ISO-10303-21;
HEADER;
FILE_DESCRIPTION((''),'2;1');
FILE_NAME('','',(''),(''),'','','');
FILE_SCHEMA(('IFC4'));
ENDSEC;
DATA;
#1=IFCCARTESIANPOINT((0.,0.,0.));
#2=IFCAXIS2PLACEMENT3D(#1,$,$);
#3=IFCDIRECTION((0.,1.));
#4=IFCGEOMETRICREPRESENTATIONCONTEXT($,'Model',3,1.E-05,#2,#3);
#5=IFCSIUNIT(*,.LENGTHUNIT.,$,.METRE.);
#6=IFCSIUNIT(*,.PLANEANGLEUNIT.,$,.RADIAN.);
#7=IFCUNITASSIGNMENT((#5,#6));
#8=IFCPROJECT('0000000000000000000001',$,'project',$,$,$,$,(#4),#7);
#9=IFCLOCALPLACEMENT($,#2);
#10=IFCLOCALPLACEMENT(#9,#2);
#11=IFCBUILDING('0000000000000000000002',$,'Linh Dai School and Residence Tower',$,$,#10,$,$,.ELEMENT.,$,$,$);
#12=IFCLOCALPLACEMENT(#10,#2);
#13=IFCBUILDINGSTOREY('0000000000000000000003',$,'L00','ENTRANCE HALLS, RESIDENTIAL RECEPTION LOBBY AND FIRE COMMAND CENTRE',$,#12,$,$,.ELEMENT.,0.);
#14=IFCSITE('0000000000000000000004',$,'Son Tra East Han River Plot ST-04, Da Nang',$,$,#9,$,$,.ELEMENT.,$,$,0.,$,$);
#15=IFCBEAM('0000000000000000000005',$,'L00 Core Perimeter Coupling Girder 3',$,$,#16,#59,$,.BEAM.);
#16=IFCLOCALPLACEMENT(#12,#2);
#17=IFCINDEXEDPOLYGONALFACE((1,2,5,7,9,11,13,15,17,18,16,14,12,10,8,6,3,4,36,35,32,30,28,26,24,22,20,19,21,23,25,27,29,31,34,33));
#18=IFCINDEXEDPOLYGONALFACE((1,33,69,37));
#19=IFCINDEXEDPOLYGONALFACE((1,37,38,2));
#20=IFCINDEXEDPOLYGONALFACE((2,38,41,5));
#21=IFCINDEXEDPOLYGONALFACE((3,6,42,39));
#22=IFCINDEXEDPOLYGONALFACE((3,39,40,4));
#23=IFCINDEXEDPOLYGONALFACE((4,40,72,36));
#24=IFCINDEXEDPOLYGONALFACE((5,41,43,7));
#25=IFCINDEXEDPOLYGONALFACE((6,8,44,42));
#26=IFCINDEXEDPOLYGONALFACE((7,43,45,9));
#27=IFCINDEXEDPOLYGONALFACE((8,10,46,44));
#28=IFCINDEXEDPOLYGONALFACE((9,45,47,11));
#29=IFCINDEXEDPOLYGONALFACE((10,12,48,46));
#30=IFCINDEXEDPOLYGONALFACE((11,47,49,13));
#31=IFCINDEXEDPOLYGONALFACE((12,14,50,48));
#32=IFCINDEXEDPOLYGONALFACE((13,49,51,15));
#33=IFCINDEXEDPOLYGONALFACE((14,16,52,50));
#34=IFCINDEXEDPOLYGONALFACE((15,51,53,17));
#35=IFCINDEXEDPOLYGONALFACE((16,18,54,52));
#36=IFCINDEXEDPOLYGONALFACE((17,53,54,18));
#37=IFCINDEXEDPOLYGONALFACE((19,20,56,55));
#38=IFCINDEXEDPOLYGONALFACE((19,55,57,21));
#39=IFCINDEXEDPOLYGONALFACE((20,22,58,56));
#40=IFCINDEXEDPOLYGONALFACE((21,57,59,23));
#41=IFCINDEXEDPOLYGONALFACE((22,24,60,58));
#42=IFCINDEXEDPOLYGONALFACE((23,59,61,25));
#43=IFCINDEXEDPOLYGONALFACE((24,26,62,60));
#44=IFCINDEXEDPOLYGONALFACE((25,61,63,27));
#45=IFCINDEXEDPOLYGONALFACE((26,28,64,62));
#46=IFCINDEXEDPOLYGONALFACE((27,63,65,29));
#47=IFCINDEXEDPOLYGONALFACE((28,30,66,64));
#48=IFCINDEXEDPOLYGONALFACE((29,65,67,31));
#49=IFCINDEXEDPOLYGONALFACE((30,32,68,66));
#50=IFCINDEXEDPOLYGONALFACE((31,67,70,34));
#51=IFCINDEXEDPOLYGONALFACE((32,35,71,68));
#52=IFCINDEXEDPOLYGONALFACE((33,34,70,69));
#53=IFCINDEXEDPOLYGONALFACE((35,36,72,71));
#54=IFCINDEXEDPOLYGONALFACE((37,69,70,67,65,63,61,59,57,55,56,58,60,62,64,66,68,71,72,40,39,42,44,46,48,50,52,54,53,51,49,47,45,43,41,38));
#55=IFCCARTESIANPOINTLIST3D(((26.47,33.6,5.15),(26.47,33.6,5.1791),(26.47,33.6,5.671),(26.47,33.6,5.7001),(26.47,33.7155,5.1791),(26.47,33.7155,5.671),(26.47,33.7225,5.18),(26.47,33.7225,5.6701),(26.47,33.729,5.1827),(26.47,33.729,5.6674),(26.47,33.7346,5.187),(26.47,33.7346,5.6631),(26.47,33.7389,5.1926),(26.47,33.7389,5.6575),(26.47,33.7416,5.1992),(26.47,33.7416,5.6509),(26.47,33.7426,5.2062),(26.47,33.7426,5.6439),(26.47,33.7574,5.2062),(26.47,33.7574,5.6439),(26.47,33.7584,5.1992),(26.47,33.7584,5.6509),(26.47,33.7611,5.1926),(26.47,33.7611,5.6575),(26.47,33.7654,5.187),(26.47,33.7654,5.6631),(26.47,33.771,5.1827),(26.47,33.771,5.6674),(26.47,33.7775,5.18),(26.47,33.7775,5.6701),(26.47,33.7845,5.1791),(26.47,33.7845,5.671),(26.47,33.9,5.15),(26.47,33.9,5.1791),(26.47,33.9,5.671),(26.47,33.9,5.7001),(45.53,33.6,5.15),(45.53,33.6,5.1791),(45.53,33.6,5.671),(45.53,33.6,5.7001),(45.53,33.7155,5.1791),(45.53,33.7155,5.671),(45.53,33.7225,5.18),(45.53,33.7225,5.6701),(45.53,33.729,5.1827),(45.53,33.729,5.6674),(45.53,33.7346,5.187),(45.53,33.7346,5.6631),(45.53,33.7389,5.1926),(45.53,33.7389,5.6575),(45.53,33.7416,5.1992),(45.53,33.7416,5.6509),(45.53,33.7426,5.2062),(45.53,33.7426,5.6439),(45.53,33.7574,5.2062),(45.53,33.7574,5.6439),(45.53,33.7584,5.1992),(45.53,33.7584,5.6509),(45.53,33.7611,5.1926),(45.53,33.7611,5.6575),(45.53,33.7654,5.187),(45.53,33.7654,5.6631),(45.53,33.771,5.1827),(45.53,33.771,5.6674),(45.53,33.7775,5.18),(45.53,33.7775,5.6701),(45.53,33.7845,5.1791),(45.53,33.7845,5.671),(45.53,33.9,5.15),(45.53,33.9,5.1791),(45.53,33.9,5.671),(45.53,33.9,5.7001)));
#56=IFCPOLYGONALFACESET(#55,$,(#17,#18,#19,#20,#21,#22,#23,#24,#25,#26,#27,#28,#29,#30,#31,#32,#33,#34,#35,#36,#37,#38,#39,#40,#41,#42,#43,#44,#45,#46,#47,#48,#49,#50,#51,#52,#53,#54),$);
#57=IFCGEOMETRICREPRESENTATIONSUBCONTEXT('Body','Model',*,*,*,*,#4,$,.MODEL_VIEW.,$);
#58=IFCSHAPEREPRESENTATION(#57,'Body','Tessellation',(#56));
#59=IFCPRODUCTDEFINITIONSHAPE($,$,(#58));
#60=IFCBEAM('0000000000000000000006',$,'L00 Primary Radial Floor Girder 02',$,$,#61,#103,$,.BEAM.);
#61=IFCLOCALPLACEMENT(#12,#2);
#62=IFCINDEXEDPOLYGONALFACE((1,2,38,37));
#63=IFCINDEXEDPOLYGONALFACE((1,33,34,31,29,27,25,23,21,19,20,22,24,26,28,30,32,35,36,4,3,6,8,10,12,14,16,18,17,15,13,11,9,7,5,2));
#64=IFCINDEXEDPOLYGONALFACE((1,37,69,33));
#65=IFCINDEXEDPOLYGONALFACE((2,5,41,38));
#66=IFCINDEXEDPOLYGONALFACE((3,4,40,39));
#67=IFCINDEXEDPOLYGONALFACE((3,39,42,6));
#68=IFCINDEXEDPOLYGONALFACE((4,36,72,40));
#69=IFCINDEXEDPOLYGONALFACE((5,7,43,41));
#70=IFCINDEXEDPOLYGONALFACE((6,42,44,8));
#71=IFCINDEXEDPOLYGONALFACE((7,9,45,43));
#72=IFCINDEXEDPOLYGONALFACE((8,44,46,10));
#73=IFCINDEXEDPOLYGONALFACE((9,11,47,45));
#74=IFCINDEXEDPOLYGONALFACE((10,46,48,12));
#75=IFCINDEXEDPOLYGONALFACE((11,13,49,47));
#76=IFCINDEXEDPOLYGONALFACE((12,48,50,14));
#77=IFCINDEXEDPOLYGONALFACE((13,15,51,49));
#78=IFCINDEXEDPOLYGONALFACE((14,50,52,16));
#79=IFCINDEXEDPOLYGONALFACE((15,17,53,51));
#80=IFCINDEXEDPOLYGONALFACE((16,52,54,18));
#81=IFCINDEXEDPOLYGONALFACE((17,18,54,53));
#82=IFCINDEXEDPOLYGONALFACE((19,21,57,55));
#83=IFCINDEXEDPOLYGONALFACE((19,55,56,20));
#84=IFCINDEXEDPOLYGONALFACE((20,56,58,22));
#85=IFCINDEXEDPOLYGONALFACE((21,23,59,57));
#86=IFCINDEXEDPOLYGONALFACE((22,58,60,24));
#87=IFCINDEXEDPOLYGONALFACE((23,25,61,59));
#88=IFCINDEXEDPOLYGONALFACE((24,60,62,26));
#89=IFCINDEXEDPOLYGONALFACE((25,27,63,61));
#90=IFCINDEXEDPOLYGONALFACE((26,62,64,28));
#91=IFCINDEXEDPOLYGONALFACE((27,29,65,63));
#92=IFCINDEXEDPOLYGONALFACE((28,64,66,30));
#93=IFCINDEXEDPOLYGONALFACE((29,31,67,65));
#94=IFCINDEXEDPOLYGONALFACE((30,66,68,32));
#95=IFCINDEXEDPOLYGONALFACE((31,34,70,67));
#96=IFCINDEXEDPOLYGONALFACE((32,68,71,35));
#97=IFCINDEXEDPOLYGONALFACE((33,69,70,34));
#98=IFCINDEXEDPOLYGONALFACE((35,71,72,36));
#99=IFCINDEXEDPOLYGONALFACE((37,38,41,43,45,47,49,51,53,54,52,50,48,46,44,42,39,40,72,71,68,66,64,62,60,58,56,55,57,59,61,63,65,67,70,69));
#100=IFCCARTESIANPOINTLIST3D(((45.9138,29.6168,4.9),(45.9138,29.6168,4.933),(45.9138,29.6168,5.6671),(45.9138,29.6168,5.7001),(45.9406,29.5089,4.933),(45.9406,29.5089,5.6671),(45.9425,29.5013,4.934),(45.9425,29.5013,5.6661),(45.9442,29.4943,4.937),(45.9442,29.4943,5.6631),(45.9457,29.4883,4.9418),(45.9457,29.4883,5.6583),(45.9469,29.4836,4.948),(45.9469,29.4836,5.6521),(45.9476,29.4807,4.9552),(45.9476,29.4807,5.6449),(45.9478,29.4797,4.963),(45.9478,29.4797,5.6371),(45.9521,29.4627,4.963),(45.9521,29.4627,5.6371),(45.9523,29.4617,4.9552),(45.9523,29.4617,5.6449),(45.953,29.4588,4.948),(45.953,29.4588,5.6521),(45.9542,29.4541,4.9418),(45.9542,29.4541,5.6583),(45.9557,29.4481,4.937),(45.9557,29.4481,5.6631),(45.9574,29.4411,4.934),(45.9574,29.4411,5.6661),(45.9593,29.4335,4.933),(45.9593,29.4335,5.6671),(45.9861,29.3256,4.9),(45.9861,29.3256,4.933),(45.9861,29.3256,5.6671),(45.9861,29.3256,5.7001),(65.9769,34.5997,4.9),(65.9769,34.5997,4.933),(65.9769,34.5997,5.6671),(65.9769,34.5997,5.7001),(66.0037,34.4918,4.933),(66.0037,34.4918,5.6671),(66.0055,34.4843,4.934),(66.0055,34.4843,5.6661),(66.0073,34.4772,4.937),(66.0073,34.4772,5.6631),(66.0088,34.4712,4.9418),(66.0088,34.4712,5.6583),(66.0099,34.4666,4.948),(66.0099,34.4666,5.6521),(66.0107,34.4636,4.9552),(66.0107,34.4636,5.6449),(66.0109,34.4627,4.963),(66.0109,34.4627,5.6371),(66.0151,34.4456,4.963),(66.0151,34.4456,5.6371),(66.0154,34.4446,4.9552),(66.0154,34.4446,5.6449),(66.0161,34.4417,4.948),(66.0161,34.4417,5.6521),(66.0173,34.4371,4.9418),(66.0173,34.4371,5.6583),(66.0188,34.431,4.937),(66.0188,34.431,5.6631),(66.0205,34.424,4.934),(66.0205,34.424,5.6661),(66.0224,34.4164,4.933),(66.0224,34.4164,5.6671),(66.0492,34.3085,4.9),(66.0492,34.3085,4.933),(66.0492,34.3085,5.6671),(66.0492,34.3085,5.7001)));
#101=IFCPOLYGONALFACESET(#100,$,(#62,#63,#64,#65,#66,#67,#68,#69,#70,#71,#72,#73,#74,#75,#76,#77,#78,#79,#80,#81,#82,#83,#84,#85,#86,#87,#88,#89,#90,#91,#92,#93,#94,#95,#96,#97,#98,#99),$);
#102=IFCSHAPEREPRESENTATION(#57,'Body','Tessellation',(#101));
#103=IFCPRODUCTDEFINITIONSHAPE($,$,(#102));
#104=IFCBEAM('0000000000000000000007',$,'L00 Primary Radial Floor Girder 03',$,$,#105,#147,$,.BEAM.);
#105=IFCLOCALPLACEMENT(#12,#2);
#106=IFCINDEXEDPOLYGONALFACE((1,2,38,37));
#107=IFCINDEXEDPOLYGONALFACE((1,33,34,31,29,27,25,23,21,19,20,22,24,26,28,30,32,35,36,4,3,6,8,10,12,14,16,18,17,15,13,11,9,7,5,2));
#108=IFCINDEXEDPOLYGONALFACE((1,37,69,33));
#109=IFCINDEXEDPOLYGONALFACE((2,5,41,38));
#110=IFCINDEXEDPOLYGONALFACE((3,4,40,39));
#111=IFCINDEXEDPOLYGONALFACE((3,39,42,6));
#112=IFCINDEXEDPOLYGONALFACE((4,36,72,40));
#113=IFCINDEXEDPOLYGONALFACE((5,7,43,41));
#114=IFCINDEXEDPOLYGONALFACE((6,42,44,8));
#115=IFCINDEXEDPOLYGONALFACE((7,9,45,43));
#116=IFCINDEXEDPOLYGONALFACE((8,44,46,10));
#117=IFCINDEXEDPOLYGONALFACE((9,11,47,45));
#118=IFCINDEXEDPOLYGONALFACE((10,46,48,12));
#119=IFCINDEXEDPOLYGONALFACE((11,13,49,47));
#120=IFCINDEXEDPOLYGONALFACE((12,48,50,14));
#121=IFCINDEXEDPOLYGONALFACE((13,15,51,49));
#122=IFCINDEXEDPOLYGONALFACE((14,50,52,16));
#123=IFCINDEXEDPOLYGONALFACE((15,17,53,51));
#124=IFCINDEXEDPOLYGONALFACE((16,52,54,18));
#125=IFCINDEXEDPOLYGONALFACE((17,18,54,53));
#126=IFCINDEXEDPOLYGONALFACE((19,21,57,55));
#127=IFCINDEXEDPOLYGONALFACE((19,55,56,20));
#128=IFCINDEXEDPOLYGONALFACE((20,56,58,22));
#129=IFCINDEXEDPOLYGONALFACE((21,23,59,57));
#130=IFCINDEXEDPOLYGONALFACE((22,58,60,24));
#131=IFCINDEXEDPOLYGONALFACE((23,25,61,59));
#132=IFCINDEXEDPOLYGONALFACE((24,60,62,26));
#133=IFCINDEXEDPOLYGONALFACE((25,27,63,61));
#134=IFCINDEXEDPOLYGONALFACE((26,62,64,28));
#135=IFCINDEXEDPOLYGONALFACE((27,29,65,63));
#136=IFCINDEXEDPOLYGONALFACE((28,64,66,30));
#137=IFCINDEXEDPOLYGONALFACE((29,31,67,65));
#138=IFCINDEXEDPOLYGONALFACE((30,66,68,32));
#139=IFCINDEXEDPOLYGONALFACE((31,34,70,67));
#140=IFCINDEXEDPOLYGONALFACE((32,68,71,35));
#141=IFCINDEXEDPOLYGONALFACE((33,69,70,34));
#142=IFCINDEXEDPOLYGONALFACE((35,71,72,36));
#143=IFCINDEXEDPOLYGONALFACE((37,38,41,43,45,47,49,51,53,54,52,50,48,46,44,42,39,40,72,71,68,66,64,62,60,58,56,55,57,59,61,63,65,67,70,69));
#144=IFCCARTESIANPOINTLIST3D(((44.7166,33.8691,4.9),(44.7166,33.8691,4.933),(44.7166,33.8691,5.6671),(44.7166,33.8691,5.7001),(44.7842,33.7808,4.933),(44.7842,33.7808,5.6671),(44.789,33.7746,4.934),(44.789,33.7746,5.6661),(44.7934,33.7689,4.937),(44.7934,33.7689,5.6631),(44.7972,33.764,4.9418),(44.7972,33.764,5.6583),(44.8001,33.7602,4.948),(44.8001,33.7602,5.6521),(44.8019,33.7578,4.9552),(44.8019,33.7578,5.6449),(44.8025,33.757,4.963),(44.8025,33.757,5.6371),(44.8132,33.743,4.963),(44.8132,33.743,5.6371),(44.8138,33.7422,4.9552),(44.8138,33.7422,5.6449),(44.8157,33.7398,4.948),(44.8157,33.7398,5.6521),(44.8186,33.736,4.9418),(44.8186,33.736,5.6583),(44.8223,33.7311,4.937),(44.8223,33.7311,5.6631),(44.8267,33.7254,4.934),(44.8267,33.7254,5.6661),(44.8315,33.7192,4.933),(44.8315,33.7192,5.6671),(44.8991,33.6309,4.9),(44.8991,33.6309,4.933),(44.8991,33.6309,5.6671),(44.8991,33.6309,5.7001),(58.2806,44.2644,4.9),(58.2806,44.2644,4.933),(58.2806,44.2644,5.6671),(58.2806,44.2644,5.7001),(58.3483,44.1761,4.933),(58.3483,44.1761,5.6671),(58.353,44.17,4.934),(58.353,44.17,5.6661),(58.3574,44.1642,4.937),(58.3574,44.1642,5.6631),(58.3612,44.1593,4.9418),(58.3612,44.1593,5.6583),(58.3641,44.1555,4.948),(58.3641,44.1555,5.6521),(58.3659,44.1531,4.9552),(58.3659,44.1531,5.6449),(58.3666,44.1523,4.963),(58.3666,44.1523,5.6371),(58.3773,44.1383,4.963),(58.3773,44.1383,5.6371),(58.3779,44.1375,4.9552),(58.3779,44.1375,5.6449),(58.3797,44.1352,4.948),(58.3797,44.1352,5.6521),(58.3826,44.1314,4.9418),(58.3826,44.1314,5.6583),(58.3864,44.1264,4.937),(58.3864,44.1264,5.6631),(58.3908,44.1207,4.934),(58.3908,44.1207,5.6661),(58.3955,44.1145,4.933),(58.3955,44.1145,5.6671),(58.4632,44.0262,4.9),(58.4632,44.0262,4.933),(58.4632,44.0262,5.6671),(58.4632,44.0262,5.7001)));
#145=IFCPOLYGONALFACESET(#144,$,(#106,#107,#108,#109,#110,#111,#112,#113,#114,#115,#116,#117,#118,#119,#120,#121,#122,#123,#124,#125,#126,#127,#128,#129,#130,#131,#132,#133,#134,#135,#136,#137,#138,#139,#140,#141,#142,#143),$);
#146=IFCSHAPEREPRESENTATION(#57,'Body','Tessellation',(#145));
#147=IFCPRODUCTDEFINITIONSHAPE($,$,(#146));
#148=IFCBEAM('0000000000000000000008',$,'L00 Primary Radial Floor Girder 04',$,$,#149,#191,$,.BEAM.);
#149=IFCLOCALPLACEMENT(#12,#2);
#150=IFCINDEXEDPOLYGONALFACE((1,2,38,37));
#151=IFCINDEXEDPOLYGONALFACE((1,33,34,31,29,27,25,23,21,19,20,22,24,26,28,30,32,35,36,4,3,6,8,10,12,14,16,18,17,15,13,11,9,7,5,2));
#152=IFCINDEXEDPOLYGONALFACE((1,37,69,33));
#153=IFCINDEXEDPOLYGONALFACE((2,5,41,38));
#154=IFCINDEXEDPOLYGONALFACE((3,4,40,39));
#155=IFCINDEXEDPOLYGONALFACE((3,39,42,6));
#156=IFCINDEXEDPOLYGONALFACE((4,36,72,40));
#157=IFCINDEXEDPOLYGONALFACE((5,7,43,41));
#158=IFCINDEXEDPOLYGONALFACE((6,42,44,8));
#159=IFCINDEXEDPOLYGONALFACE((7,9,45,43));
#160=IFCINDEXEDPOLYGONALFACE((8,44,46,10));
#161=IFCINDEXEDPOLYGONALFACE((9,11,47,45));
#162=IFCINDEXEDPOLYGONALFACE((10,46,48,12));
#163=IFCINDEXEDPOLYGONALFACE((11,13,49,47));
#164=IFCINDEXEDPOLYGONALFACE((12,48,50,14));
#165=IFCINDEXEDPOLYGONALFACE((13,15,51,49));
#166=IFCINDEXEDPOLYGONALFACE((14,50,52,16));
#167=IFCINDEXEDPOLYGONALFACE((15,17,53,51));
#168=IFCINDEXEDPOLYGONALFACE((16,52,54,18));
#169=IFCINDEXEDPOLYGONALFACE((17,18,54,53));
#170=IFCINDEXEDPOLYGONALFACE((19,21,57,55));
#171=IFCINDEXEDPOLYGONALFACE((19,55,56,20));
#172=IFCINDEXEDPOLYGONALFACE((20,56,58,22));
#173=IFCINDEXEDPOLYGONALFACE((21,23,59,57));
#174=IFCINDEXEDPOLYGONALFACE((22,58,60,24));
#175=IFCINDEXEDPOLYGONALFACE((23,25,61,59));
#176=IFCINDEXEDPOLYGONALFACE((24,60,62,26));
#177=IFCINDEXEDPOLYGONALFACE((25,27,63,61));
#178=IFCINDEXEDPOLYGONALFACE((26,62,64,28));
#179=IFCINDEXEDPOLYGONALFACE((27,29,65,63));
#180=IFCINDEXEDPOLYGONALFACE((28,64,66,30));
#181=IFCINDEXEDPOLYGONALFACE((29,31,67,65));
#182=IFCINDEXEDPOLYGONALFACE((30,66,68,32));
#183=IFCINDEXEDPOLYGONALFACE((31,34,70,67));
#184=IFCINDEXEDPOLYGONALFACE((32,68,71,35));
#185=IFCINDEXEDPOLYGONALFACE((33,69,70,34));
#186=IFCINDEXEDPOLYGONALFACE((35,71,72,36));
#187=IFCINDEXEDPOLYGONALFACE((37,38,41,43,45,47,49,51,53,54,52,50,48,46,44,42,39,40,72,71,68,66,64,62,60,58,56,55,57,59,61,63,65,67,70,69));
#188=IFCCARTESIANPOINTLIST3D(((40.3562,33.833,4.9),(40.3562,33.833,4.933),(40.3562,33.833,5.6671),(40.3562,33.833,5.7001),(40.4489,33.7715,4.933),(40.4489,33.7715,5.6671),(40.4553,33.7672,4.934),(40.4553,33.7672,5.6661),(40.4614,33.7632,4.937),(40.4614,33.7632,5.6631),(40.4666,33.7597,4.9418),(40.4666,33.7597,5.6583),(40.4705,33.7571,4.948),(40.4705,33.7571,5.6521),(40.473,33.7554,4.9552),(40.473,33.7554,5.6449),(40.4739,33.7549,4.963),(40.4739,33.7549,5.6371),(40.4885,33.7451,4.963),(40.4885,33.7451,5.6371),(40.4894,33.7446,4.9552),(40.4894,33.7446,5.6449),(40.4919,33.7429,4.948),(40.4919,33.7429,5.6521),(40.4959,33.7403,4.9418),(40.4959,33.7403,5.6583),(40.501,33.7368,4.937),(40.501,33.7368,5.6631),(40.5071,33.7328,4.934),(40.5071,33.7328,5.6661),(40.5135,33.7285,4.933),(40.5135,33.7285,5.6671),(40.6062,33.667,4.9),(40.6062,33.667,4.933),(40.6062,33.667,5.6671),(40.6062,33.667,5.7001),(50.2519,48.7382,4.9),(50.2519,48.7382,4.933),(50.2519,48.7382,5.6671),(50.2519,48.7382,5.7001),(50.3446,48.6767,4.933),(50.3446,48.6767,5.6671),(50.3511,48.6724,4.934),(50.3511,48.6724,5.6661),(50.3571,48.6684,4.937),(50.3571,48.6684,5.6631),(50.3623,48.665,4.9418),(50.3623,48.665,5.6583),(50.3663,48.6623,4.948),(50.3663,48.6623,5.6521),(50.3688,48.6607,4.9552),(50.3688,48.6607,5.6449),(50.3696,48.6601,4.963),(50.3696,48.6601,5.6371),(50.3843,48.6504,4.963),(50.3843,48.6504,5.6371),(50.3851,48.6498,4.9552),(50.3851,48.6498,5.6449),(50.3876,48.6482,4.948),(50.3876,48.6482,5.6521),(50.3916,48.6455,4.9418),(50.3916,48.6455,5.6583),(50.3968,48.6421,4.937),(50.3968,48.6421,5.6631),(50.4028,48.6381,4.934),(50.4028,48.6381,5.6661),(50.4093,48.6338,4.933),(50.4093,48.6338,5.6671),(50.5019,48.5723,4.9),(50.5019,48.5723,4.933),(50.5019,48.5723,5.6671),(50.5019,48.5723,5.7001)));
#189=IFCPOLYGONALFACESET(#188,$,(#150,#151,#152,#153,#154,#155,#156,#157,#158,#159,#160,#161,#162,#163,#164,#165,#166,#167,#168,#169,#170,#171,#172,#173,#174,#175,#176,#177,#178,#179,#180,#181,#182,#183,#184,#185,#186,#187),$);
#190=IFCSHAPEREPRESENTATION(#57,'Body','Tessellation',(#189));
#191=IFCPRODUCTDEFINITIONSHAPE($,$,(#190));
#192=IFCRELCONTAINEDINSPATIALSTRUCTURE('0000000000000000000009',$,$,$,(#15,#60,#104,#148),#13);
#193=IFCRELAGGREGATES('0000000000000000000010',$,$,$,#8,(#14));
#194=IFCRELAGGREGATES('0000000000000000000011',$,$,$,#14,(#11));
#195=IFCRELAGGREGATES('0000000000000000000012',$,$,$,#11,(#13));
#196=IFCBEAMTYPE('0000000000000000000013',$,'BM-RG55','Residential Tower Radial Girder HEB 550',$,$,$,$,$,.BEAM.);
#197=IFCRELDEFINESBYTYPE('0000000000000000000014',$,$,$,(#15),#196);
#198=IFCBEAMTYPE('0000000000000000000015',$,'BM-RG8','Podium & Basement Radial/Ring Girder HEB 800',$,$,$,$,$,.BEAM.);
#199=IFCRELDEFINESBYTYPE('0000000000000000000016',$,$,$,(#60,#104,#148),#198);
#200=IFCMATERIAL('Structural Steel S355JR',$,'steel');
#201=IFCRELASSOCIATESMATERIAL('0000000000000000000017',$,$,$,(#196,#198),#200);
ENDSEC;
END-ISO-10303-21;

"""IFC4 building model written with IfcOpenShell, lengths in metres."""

from ifc_helpers import new_model, si_unit, direction, frame, origin, origin_2d, place, context, subcontext, project, spatial, i_section, extrude, material, material_profile, profile_set, type_object, element, save


model = new_model("IFC4")

# Units and contexts
model_context = context("Model", 3, precision=1e-05, world=origin(), true_north=direction((0.0, 1.0)))
body_context = subcontext(model_context, "Body", "Model", "MODEL_VIEW")
ifc_project = project(units=[si_unit("LENGTHUNIT", "METRE"), si_unit("PLANEANGLEUNIT", "RADIAN")], contexts=[model_context])

# Site, building, storey
site_placement = place(None, origin())
site = spatial("IfcSite", under=ifc_project, at=site_placement, Name="Son Tra East Han River Plot ST-04, Da Nang", CompositionType="ELEMENT", RefElevation=0.0)
building_placement = place(site_placement, origin())
building = spatial("IfcBuilding", under=site, at=building_placement, Name="Linh Dai School and Residence Tower", CompositionType="ELEMENT")
storey_placement = place(building_placement, origin())
storey = spatial("IfcBuildingStorey", under=building, at=storey_placement, Name="L00", Description="ENTRANCE HALLS, RESIDENTIAL RECEPTION LOBBY AND FIRE COMMAND CENTRE", CompositionType="ELEMENT", Elevation=0.0)

# Shared definitions
ifc_material_1 = material(Name="Structural Steel S355JR", Category="steel")

# Beams
ifc_material_profile_1 = material_profile(ifc_material_1, i_section(OverallWidth=0.3, OverallDepth=0.55, WebThickness=0.0149, FlangeThickness=0.0291, FilletRadius=0.0271, at=origin_2d()), Name="HEB 550")
ifc_profile_set_1 = profile_set([ifc_material_profile_1], Name="Structural Steel S355JR")
beam_type_1 = type_object("IfcBeamType", Name="BM-RG55", Description="Residential Tower Radial Girder HEB 550", PredefinedType="BEAM", material=ifc_profile_set_1)
beam_1_placement = place(storey_placement, frame((45.53, 33.75, 5.425), z_axis=(-1.0, 0.0, 0.0), x_axis=(0.0, -1.0, 0.0)))
element("IfcBeam", 1, at=beam_1_placement, inside=storey, type_object=beam_type_1, Name="L00 Core Perimeter Coupling Girder 3", PredefinedType="BEAM", context=body_context, shape_type="SweptSolid", body=[
    extrude(i_section(OverallWidth=0.3, OverallDepth=0.55, WebThickness=0.0149, FlangeThickness=0.0291, FilletRadius=0.0271, at=origin_2d()), origin(), (0.0, 0.0, 1.0), 19.0601),
])
ifc_material_profile_2 = material_profile(ifc_material_1, i_section(OverallWidth=0.3, OverallDepth=0.8, WebThickness=0.0176, FlangeThickness=0.033, FilletRadius=0.03, at=origin_2d()), Name="HEB 800")
ifc_profile_set_2 = profile_set([ifc_material_profile_2], Name="Structural Steel S355JR")
beam_type_2 = type_object("IfcBeamType", Name="BM-RG8", Description="Podium & Basement Radial/Ring Girder HEB 800", PredefinedType="BEAM", material=ifc_profile_set_2)
beam_2_placement = place(storey_placement, frame((45.95, 29.4712, 5.3), z_axis=(0.970515, 0.24104, 0.0), x_axis=(-0.24104, 0.970515, 0.0)))
element("IfcBeam", 2, at=beam_2_placement, inside=storey, type_object=beam_type_2, Name="L00 Primary Radial Floor Girder 02", PredefinedType="BEAM", context=body_context, shape_type="SweptSolid", body=[
    extrude(i_section(OverallWidth=0.3, OverallDepth=0.8, WebThickness=0.0176, FlangeThickness=0.033, FilletRadius=0.03, at=origin_2d()), origin(), (0.0, 0.0, 1.0), 20.6726),
])
beam_3_placement = place(storey_placement, frame((44.8079, 33.75, 5.3), z_axis=(0.793713, 0.608292, 0.0), x_axis=(-0.608292, 0.793713, 0.0)))
element("IfcBeam", 3, at=beam_3_placement, inside=storey, type_object=beam_type_2, Name="L00 Primary Radial Floor Girder 03", PredefinedType="BEAM", context=body_context, shape_type="SweptSolid", body=[
    extrude(i_section(OverallWidth=0.3, OverallDepth=0.8, WebThickness=0.0176, FlangeThickness=0.033, FilletRadius=0.03, at=origin_2d()), origin(), (0.0, 0.0, 1.0), 17.0894),
])
beam_4_placement = place(storey_placement, frame((40.4812, 33.75, 5.3), z_axis=(0.553109, 0.833109, 0.0), x_axis=(-0.833109, 0.553109, 0.0)))
element("IfcBeam", 4, at=beam_4_placement, inside=storey, type_object=beam_type_2, Name="L00 Primary Radial Floor Girder 04", PredefinedType="BEAM", context=body_context, shape_type="SweptSolid", body=[
    extrude(i_section(OverallWidth=0.3, OverallDepth=0.8, WebThickness=0.0176, FlangeThickness=0.033, FilletRadius=0.03, at=origin_2d()), origin(), (0.0, 0.0, 1.0), 17.8911),
])

save(model, "model.ifc")
